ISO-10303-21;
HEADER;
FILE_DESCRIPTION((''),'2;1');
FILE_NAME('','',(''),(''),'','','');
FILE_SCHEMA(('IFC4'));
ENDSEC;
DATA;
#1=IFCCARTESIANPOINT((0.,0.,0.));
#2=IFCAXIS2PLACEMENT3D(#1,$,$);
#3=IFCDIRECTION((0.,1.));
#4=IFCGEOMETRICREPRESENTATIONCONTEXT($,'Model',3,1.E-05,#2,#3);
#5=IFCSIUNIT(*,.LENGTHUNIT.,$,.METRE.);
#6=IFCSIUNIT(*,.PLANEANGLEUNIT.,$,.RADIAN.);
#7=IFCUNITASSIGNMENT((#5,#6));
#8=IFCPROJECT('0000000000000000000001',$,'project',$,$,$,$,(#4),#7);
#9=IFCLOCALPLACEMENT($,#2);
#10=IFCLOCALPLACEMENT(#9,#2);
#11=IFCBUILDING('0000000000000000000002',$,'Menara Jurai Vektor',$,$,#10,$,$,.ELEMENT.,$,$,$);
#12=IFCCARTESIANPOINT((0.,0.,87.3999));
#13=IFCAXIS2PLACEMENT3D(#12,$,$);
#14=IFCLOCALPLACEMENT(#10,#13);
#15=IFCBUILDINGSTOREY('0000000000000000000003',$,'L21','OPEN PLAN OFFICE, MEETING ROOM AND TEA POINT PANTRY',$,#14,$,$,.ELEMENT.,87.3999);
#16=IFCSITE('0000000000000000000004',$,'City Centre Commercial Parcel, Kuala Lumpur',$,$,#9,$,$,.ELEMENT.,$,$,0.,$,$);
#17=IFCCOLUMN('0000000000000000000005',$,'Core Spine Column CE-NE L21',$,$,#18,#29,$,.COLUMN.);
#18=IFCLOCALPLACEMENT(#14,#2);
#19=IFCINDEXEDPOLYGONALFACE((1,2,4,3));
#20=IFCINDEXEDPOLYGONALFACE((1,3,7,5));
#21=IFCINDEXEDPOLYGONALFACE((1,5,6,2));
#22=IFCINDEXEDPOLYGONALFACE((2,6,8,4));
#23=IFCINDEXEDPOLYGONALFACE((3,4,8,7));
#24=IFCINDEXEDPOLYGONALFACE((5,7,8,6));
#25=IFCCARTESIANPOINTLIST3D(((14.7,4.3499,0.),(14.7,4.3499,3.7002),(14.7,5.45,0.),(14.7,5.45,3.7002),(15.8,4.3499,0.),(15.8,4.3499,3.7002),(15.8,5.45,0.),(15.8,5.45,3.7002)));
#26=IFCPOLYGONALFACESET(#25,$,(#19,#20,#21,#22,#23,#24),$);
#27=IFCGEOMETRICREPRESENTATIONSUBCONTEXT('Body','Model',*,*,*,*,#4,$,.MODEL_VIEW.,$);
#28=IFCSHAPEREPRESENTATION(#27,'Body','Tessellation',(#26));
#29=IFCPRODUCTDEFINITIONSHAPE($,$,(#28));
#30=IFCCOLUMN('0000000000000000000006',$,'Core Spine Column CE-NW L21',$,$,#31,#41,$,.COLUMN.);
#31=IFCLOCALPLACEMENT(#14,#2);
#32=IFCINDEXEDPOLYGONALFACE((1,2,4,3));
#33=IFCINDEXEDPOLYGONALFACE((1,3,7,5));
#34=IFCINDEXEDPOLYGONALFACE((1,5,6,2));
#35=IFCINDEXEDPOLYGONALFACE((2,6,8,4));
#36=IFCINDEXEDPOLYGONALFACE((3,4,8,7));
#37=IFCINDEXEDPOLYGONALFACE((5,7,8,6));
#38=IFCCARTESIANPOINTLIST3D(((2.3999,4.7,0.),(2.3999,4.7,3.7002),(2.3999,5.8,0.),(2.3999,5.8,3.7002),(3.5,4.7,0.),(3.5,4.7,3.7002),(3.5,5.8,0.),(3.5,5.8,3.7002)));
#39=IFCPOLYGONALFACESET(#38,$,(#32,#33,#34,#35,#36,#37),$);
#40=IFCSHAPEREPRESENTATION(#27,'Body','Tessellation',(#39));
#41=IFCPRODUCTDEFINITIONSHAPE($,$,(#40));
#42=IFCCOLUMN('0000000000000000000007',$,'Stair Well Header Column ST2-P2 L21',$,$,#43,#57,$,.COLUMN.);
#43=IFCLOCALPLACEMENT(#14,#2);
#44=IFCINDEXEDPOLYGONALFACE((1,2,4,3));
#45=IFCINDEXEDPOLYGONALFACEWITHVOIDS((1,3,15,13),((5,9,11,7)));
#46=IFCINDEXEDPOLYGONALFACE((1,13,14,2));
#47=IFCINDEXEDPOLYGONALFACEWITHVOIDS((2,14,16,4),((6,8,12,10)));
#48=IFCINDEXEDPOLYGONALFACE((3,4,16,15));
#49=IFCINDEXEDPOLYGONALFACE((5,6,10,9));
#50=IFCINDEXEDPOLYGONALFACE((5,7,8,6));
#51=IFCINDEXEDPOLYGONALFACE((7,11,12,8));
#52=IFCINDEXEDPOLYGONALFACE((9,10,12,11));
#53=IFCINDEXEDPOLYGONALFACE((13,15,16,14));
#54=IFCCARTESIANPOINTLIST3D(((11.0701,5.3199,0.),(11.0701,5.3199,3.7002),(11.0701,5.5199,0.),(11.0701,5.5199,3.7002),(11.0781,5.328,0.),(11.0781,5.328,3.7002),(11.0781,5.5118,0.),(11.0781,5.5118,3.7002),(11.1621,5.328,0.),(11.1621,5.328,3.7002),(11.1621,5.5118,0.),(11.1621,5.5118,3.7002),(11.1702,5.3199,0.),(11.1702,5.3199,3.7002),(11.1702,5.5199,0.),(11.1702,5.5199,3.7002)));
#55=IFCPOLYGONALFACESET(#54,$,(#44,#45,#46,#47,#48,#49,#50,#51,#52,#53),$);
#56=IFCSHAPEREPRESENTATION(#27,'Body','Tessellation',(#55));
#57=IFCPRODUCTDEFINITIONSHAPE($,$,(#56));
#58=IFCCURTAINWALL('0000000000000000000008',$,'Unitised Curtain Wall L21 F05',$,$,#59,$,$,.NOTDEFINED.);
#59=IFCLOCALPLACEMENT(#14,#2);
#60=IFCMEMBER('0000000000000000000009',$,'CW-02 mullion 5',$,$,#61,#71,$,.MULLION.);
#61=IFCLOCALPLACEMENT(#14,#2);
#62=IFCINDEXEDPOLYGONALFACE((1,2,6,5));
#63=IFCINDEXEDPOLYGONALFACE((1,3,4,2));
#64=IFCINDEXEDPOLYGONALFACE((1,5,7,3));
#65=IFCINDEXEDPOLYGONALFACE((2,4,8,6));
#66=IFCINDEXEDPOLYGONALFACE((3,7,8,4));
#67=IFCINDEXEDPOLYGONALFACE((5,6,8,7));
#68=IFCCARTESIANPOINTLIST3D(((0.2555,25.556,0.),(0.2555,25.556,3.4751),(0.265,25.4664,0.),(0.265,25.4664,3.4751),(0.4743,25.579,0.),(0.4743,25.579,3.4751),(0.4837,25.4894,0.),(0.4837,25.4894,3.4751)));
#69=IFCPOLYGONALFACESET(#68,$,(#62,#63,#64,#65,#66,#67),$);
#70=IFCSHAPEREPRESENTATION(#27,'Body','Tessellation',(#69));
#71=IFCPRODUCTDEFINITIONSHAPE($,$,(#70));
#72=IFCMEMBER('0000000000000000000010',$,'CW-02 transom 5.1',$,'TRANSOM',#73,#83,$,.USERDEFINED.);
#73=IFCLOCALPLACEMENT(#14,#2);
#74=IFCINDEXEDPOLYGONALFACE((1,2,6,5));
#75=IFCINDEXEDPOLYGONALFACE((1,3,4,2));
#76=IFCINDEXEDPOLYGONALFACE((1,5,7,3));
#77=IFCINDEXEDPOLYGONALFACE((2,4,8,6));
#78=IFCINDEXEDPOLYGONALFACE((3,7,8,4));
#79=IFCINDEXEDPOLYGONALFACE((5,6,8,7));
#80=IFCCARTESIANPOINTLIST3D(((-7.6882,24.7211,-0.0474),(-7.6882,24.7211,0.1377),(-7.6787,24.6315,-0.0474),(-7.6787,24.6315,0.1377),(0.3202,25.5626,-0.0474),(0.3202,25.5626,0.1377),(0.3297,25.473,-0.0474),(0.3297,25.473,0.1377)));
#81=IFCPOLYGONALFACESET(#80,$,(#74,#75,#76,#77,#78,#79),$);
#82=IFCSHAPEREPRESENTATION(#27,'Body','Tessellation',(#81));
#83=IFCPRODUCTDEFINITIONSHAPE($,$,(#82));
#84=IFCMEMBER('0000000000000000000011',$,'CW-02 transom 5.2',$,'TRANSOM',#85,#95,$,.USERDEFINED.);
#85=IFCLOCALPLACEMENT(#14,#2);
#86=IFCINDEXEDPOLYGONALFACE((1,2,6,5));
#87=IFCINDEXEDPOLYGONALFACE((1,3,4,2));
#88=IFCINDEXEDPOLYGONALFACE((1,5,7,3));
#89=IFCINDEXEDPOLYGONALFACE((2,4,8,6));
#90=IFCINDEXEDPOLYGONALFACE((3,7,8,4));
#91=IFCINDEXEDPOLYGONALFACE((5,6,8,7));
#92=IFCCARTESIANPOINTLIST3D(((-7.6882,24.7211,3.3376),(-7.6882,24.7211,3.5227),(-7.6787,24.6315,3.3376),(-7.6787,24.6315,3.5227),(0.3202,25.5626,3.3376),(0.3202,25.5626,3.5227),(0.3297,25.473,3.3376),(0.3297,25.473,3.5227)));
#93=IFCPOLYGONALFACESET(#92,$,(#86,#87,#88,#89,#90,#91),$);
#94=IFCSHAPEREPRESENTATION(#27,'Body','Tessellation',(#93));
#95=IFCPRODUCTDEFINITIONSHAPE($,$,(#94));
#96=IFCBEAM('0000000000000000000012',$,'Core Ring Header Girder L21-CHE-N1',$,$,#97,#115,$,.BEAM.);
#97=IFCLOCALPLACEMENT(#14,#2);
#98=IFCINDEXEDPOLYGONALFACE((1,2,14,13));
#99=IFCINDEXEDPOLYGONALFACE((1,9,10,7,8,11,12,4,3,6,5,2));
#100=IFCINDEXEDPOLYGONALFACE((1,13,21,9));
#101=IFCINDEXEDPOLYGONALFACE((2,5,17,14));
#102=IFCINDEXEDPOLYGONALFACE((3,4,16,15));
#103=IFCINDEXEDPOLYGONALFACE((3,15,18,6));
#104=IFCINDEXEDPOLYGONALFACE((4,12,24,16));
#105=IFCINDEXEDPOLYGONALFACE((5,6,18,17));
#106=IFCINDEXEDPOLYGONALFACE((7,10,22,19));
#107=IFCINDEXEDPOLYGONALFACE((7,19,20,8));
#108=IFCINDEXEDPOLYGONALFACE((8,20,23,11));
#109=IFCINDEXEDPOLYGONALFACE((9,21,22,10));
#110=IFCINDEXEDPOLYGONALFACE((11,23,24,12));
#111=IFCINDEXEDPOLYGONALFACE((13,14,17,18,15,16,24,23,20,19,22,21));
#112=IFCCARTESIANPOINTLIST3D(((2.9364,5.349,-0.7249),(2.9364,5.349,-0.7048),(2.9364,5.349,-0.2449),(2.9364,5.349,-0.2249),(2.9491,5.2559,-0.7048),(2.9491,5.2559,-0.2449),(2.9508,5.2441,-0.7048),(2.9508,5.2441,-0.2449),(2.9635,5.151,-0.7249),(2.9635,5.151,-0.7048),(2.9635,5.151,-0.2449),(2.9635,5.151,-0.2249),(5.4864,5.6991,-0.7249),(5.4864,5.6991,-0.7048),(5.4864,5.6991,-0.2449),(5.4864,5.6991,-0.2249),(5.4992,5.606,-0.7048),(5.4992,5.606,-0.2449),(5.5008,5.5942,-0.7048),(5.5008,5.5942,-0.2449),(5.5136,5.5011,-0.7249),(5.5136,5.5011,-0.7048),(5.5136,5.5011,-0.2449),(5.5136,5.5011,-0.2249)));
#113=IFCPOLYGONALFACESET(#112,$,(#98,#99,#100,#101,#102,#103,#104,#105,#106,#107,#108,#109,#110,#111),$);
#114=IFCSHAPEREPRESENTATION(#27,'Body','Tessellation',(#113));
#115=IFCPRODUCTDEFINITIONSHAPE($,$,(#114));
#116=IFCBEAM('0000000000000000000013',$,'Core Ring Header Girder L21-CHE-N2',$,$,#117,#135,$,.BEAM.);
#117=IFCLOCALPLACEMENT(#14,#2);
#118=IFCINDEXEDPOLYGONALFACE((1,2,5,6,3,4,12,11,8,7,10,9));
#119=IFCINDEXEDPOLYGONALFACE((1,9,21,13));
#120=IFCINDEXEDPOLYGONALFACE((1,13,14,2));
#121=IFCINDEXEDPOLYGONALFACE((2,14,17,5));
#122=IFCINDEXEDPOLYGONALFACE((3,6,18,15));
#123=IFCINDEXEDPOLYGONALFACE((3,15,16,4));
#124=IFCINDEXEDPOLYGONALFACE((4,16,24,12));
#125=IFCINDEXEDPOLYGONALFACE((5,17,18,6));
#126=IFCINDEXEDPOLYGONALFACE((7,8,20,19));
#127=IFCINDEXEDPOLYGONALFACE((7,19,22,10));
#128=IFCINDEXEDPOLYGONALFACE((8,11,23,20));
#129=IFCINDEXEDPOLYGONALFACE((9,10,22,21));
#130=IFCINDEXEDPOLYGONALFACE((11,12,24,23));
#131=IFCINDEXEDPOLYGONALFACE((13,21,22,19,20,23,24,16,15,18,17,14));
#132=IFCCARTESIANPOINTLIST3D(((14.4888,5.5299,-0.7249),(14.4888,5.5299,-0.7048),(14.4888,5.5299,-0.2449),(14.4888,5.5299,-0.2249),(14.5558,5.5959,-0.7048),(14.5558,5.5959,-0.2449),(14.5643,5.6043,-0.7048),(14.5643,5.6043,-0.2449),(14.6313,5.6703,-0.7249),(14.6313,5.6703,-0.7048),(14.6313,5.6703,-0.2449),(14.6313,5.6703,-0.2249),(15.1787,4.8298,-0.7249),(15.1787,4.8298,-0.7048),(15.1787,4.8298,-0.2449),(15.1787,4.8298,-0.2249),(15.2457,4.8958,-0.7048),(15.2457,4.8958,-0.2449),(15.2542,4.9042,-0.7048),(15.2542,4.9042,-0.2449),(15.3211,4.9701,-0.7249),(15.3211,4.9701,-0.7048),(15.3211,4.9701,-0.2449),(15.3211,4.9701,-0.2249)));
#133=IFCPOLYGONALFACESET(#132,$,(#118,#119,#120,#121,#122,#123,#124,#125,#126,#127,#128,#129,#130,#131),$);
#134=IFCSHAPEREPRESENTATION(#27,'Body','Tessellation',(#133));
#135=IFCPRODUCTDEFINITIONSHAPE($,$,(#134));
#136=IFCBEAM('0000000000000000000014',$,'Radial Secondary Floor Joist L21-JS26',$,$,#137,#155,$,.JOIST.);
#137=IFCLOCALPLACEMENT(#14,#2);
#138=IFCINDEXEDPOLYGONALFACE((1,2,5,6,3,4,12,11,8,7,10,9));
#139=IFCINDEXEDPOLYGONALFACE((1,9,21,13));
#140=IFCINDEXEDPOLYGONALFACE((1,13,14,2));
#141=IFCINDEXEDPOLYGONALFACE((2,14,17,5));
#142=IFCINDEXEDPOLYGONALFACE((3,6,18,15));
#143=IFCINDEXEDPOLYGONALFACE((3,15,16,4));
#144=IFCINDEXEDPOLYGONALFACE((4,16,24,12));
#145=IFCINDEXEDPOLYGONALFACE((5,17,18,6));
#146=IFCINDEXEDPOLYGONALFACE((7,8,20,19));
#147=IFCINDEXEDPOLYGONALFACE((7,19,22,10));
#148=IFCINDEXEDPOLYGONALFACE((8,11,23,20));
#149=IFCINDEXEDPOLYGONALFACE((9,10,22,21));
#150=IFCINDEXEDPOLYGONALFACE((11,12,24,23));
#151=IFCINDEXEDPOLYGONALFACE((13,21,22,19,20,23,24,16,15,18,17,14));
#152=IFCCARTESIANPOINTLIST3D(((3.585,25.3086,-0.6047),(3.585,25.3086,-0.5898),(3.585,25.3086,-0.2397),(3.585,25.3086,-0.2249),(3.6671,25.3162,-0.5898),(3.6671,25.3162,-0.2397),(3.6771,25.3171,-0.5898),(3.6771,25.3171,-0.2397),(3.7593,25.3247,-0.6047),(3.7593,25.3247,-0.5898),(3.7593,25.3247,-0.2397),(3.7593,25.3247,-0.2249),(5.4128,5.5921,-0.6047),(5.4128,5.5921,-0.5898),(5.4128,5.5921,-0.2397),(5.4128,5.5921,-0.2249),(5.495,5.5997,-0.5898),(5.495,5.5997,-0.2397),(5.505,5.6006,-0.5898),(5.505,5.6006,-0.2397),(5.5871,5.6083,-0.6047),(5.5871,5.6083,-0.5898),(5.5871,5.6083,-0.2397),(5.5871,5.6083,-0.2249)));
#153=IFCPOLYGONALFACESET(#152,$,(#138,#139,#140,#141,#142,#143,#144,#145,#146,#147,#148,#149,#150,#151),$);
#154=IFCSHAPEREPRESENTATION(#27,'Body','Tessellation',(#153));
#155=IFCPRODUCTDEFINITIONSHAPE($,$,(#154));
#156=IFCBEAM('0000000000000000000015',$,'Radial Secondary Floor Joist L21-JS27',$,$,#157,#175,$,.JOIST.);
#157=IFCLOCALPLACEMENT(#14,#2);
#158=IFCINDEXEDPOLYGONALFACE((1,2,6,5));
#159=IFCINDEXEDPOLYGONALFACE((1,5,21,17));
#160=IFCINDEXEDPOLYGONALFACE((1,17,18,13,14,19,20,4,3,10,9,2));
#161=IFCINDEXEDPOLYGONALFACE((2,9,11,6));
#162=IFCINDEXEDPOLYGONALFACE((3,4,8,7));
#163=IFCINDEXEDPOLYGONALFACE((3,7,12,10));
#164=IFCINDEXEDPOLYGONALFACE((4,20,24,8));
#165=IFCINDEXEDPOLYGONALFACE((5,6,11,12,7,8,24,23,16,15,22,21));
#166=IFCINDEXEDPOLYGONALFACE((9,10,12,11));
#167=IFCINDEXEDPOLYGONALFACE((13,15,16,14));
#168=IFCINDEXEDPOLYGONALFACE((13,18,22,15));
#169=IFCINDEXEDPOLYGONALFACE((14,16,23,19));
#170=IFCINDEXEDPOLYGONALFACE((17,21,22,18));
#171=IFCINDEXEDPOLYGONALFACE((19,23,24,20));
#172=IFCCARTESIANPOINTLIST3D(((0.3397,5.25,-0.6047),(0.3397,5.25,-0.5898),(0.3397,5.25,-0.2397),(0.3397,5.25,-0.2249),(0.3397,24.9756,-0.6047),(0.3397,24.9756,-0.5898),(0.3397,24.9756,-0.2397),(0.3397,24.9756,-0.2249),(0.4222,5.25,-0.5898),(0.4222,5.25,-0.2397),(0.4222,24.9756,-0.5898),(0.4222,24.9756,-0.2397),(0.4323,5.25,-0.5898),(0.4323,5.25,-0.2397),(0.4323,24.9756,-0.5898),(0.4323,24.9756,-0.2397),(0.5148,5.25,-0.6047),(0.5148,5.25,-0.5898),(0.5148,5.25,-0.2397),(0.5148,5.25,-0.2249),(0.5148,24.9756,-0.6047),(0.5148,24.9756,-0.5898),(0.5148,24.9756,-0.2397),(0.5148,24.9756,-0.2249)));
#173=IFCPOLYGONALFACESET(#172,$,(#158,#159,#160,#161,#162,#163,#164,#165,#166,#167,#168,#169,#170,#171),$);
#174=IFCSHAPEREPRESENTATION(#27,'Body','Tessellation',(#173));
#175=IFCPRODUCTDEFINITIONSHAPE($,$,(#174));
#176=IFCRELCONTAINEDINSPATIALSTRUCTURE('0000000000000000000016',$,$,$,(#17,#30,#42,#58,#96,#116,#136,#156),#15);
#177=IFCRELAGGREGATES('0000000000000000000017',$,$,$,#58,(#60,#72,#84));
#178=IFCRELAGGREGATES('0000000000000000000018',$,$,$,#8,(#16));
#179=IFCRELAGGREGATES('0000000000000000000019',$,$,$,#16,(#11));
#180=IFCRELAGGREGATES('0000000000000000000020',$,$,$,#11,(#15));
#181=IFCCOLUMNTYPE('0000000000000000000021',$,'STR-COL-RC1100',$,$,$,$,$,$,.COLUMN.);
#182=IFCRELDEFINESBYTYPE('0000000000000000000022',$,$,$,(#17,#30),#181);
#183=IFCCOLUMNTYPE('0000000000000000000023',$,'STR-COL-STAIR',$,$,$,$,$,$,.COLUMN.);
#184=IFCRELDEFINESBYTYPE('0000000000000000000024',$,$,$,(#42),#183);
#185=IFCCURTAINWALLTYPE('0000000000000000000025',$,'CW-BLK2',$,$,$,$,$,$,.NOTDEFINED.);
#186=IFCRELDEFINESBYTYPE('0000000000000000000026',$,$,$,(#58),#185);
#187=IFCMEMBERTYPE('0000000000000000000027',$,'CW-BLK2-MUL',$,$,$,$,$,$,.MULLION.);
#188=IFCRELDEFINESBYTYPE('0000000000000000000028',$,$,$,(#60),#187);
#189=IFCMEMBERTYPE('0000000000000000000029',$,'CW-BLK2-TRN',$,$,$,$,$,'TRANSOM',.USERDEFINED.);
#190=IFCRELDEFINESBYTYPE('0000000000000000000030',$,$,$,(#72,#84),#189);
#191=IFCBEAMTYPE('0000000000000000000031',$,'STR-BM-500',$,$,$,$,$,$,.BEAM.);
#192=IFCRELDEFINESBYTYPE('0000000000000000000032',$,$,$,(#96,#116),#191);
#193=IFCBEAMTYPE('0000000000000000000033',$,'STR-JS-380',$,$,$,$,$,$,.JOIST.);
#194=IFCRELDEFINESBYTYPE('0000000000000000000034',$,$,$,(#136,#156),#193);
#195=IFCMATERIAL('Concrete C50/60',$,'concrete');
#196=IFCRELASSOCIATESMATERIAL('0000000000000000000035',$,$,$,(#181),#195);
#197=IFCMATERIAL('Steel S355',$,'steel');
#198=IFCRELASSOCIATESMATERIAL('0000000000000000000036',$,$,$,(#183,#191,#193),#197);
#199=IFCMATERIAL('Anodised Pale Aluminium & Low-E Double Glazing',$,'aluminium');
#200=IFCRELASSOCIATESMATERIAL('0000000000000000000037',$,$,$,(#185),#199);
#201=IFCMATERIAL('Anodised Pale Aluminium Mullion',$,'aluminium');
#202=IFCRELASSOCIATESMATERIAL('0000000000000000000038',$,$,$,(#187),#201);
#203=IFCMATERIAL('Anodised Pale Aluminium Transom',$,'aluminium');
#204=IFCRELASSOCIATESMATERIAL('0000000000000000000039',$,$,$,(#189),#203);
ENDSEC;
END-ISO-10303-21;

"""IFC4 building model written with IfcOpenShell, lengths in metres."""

from ifc_helpers import new_model, si_unit, direction, frame, origin, origin_2d, place, context, subcontext, project, spatial, rectangle, hollow_rectangle, i_section, extrude, material, material_profile, profile_set, type_object, element, aggregate, save


model = new_model("IFC4")

# Units and contexts
model_context = context("Model", 3, precision=1e-05, world=origin(), true_north=direction((0.0, 1.0)))
body_context = subcontext(model_context, "Body", "Model", "MODEL_VIEW")
ifc_project = project(units=[si_unit("LENGTHUNIT", "METRE"), si_unit("PLANEANGLEUNIT", "RADIAN")], contexts=[model_context])

# Site, building, storey
site_placement = place(None, origin())
site = spatial("IfcSite", under=ifc_project, at=site_placement, Name="City Centre Commercial Parcel, Kuala Lumpur", CompositionType="ELEMENT", RefElevation=0.0)
building_placement = place(site_placement, origin())
building = spatial("IfcBuilding", under=site, at=building_placement, Name="Menara Jurai Vektor", CompositionType="ELEMENT")
storey_placement = place(building_placement, frame((0.0, 0.0, 87.3999)))
storey = spatial("IfcBuildingStorey", under=building, at=storey_placement, Name="L21", Description="OPEN PLAN OFFICE, MEETING ROOM AND TEA POINT PANTRY", CompositionType="ELEMENT", Elevation=87.3999)

# Columns
ifc_material_1 = material(Name="Concrete C50/60", Category="concrete")
ifc_material_profile_1 = material_profile(ifc_material_1, rectangle(XDim=1.1001, YDim=1.1001, at=origin_2d()), Name="RC 1100x1100")
ifc_profile_set_1 = profile_set([ifc_material_profile_1], Name="Concrete C50/60")
column_type_1 = type_object("IfcColumnType", Name="STR-COL-RC1100", PredefinedType="COLUMN", material=ifc_profile_set_1)
for number, where, z_axis, x_axis, name in (
    (1, (15.25, 4.8999, 0.0), (0.0, 0.0, 1.0), (1.0, 0.0, 0.0), "Core Spine Column CE-NE L21"),
    (2, (2.95, 5.25, 0.0), (0.0, 0.0, 1.0), (1.0, 0.0, 0.0), "Core Spine Column CE-NW L21"),
):
    element("IfcColumn", number, at=place(storey_placement, frame(where, z_axis=z_axis, x_axis=x_axis)), inside=storey, type_object=column_type_1, Name=name, PredefinedType="COLUMN", context=body_context, shape_type="SweptSolid", body=[
        extrude(rectangle(XDim=1.1001, YDim=1.1001, at=origin_2d()), origin(), (0.0, 0.0, 1.0), 3.7002),
    ])
ifc_material_2 = material(Name="Steel S355", Category="steel")
ifc_material_profile_2 = material_profile(ifc_material_2, hollow_rectangle(XDim=0.1001, YDim=0.2, WallThickness=0.0081, at=origin_2d()), Name="RHS 200x100x8")
ifc_profile_set_2 = profile_set([ifc_material_profile_2], Name="Steel S355")
column_type_2 = type_object("IfcColumnType", Name="STR-COL-STAIR", PredefinedType="COLUMN", material=ifc_profile_set_2)
column_placement = place(storey_placement, frame((11.1201, 5.4199, 0.0), z_axis=(0.0, 0.0, 1.0), x_axis=(1.0, 0.0, 0.0)))
element("IfcColumn", 3, at=column_placement, inside=storey, type_object=column_type_2, Name="Stair Well Header Column ST2-P2 L21", PredefinedType="COLUMN", context=body_context, shape_type="SweptSolid", body=[
    extrude(hollow_rectangle(XDim=0.1001, YDim=0.2, WallThickness=0.0081, at=origin_2d()), origin(), (0.0, 0.0, 1.0), 3.7002),
])

# Curtain wall, members
ifc_material_3 = material(Name="Anodised Pale Aluminium & Low-E Double Glazing", Category="aluminium")
curtain_wall_type = type_object("IfcCurtainWallType", Name="CW-BLK2", PredefinedType="NOTDEFINED", material=ifc_material_3)
curtain_wall_placement = place(storey_placement, origin())
curtain_wall = element("IfcCurtainWall", 4, at=curtain_wall_placement, inside=storey, type_object=curtain_wall_type, Name="Unitised Curtain Wall L21 F05", PredefinedType="NOTDEFINED")
ifc_material_4 = material(Name="Anodised Pale Aluminium Mullion", Category="aluminium")
ifc_material_profile_3 = material_profile(ifc_material_4, rectangle(XDim=0.0901, YDim=0.22, at=origin_2d()), Name="ALU MUL 90x220")
ifc_profile_set_3 = profile_set([ifc_material_profile_3], Name="Anodised Pale Aluminium Mullion")
member_type_1 = type_object("IfcMemberType", Name="CW-BLK2-MUL", PredefinedType="MULLION", material=ifc_profile_set_3)
member_1_placement = place(storey_placement, frame((0.3696, 25.5227, 0.0), z_axis=(0.0, 0.0, 1.0), x_axis=(0.104529, -0.994522, 0.0)))
member_1 = element("IfcMember", 5, at=member_1_placement, type_object=member_type_1, Name="CW-02 mullion 5", PredefinedType="MULLION", context=body_context, shape_type="SweptSolid", body=[
    extrude(rectangle(XDim=0.0901, YDim=0.22, at=origin_2d()), origin(), (0.0, 0.0, 1.0), 3.4751),
])
ifc_material_5 = material(Name="Anodised Pale Aluminium Transom", Category="aluminium")
ifc_material_profile_4 = material_profile(ifc_material_5, rectangle(XDim=0.0901, YDim=0.1851, at=origin_2d()), Name="ALU TRN 90x185")
ifc_profile_set_4 = profile_set([ifc_material_profile_4], Name="Anodised Pale Aluminium Transom")
member_type_2 = type_object("IfcMemberType", Name="CW-BLK2-TRN", ElementType="TRANSOM", PredefinedType="USERDEFINED", material=ifc_profile_set_4)
member_2_placement = place(storey_placement, frame((0.325, 25.5178, 0.0452), z_axis=(-0.994524, -0.10451, 0.0), x_axis=(0.10451, -0.994524, 0.0)))
member_2 = element("IfcMember", 6, at=member_2_placement, type_object=member_type_2, Name="CW-02 transom 5.1", ObjectType="TRANSOM", PredefinedType="USERDEFINED", context=body_context, shape_type="SweptSolid", body=[
    extrude(rectangle(XDim=0.0901, YDim=0.1851, at=origin_2d()), origin(), (0.0, 0.0, 1.0), 8.0525),
])
member_3_placement = place(storey_placement, frame((0.325, 25.5178, 3.4302), z_axis=(-0.994524, -0.10451, 0.0), x_axis=(0.10451, -0.994524, 0.0)))
member_3 = element("IfcMember", 7, at=member_3_placement, type_object=member_type_2, Name="CW-02 transom 5.2", ObjectType="TRANSOM", PredefinedType="USERDEFINED", context=body_context, shape_type="SweptSolid", body=[
    extrude(rectangle(XDim=0.0901, YDim=0.1851, at=origin_2d()), origin(), (0.0, 0.0, 1.0), 8.0525),
])
aggregate(curtain_wall, [member_1, member_2, member_3])

# Beams
ifc_material_profile_5 = material_profile(ifc_material_2, i_section(OverallWidth=0.2, OverallDepth=0.5, WebThickness=0.012, FlangeThickness=0.02, at=origin_2d()), Name="PG 500x200x96")
ifc_profile_set_5 = profile_set([ifc_material_profile_5], Name="Steel S355")
beam_type_1 = type_object("IfcBeamType", Name="STR-BM-500", PredefinedType="BEAM", material=ifc_profile_set_5)
beam_1_placement = place(storey_placement, frame((2.95, 5.25, -0.4749), z_axis=(0.990707, 0.136015, 0.0), x_axis=(-0.136015, 0.990707, 0.0)))
element("IfcBeam", 8, at=beam_1_placement, inside=storey, type_object=beam_type_1, Name="Core Ring Header Girder L21-CHE-N1", PredefinedType="BEAM", context=body_context, shape_type="SweptSolid", body=[
    extrude(i_section(OverallWidth=0.2, OverallDepth=0.5, WebThickness=0.012, FlangeThickness=0.02, at=origin_2d()), origin(), (0.0, 0.0, 1.0), 2.574),
])
beam_2_placement = place(storey_placement, frame((14.5601, 5.6001, -0.4749), z_axis=(0.701872, -0.712303, 0.0), x_axis=(0.712303, 0.701872, 0.0)))
element("IfcBeam", 9, at=beam_2_placement, inside=storey, type_object=beam_type_1, Name="Core Ring Header Girder L21-CHE-N2", PredefinedType="BEAM", context=body_context, shape_type="SweptSolid", body=[
    extrude(i_section(OverallWidth=0.2, OverallDepth=0.5, WebThickness=0.012, FlangeThickness=0.02, at=origin_2d()), origin(), (0.0, 0.0, 1.0), 0.9829),
])
ifc_material_profile_6 = material_profile(ifc_material_2, i_section(OverallWidth=0.175, OverallDepth=0.3799, WebThickness=0.01, FlangeThickness=0.0149, at=origin_2d()), Name="PG 380x175x58")
ifc_profile_set_6 = profile_set([ifc_material_profile_6], Name="Steel S355")
beam_type_2 = type_object("IfcBeamType", Name="STR-JS-380", PredefinedType="JOIST", material=ifc_profile_set_6)
beam_3_placement = place(storey_placement, frame((3.6721, 25.3167, -0.4148), z_axis=(0.092312, -0.99573, 0.0), x_axis=(0.99573, 0.092312, 0.0)))
element("IfcBeam", 10, at=beam_3_placement, inside=storey, type_object=beam_type_2, Name="Radial Secondary Floor Joist L21-JS26", PredefinedType="JOIST", context=body_context, shape_type="SweptSolid", body=[
    extrude(i_section(OverallWidth=0.175, OverallDepth=0.3799, WebThickness=0.01, FlangeThickness=0.0149, at=origin_2d()), origin(), (0.0, 0.0, 1.0), 19.801),
])
beam_4_placement = place(storey_placement, frame((0.4272, 24.9756, -0.4148), z_axis=(0.0, -1.0, 0.0), x_axis=(1.0, 0.0, 0.0)))
element("IfcBeam", 11, at=beam_4_placement, inside=storey, type_object=beam_type_2, Name="Radial Secondary Floor Joist L21-JS27", PredefinedType="JOIST", context=body_context, shape_type="SweptSolid", body=[
    extrude(i_section(OverallWidth=0.175, OverallDepth=0.3799, WebThickness=0.01, FlangeThickness=0.0149, at=origin_2d()), origin(), (0.0, 0.0, 1.0), 19.7256),
])

save(model, "model.ifc")
